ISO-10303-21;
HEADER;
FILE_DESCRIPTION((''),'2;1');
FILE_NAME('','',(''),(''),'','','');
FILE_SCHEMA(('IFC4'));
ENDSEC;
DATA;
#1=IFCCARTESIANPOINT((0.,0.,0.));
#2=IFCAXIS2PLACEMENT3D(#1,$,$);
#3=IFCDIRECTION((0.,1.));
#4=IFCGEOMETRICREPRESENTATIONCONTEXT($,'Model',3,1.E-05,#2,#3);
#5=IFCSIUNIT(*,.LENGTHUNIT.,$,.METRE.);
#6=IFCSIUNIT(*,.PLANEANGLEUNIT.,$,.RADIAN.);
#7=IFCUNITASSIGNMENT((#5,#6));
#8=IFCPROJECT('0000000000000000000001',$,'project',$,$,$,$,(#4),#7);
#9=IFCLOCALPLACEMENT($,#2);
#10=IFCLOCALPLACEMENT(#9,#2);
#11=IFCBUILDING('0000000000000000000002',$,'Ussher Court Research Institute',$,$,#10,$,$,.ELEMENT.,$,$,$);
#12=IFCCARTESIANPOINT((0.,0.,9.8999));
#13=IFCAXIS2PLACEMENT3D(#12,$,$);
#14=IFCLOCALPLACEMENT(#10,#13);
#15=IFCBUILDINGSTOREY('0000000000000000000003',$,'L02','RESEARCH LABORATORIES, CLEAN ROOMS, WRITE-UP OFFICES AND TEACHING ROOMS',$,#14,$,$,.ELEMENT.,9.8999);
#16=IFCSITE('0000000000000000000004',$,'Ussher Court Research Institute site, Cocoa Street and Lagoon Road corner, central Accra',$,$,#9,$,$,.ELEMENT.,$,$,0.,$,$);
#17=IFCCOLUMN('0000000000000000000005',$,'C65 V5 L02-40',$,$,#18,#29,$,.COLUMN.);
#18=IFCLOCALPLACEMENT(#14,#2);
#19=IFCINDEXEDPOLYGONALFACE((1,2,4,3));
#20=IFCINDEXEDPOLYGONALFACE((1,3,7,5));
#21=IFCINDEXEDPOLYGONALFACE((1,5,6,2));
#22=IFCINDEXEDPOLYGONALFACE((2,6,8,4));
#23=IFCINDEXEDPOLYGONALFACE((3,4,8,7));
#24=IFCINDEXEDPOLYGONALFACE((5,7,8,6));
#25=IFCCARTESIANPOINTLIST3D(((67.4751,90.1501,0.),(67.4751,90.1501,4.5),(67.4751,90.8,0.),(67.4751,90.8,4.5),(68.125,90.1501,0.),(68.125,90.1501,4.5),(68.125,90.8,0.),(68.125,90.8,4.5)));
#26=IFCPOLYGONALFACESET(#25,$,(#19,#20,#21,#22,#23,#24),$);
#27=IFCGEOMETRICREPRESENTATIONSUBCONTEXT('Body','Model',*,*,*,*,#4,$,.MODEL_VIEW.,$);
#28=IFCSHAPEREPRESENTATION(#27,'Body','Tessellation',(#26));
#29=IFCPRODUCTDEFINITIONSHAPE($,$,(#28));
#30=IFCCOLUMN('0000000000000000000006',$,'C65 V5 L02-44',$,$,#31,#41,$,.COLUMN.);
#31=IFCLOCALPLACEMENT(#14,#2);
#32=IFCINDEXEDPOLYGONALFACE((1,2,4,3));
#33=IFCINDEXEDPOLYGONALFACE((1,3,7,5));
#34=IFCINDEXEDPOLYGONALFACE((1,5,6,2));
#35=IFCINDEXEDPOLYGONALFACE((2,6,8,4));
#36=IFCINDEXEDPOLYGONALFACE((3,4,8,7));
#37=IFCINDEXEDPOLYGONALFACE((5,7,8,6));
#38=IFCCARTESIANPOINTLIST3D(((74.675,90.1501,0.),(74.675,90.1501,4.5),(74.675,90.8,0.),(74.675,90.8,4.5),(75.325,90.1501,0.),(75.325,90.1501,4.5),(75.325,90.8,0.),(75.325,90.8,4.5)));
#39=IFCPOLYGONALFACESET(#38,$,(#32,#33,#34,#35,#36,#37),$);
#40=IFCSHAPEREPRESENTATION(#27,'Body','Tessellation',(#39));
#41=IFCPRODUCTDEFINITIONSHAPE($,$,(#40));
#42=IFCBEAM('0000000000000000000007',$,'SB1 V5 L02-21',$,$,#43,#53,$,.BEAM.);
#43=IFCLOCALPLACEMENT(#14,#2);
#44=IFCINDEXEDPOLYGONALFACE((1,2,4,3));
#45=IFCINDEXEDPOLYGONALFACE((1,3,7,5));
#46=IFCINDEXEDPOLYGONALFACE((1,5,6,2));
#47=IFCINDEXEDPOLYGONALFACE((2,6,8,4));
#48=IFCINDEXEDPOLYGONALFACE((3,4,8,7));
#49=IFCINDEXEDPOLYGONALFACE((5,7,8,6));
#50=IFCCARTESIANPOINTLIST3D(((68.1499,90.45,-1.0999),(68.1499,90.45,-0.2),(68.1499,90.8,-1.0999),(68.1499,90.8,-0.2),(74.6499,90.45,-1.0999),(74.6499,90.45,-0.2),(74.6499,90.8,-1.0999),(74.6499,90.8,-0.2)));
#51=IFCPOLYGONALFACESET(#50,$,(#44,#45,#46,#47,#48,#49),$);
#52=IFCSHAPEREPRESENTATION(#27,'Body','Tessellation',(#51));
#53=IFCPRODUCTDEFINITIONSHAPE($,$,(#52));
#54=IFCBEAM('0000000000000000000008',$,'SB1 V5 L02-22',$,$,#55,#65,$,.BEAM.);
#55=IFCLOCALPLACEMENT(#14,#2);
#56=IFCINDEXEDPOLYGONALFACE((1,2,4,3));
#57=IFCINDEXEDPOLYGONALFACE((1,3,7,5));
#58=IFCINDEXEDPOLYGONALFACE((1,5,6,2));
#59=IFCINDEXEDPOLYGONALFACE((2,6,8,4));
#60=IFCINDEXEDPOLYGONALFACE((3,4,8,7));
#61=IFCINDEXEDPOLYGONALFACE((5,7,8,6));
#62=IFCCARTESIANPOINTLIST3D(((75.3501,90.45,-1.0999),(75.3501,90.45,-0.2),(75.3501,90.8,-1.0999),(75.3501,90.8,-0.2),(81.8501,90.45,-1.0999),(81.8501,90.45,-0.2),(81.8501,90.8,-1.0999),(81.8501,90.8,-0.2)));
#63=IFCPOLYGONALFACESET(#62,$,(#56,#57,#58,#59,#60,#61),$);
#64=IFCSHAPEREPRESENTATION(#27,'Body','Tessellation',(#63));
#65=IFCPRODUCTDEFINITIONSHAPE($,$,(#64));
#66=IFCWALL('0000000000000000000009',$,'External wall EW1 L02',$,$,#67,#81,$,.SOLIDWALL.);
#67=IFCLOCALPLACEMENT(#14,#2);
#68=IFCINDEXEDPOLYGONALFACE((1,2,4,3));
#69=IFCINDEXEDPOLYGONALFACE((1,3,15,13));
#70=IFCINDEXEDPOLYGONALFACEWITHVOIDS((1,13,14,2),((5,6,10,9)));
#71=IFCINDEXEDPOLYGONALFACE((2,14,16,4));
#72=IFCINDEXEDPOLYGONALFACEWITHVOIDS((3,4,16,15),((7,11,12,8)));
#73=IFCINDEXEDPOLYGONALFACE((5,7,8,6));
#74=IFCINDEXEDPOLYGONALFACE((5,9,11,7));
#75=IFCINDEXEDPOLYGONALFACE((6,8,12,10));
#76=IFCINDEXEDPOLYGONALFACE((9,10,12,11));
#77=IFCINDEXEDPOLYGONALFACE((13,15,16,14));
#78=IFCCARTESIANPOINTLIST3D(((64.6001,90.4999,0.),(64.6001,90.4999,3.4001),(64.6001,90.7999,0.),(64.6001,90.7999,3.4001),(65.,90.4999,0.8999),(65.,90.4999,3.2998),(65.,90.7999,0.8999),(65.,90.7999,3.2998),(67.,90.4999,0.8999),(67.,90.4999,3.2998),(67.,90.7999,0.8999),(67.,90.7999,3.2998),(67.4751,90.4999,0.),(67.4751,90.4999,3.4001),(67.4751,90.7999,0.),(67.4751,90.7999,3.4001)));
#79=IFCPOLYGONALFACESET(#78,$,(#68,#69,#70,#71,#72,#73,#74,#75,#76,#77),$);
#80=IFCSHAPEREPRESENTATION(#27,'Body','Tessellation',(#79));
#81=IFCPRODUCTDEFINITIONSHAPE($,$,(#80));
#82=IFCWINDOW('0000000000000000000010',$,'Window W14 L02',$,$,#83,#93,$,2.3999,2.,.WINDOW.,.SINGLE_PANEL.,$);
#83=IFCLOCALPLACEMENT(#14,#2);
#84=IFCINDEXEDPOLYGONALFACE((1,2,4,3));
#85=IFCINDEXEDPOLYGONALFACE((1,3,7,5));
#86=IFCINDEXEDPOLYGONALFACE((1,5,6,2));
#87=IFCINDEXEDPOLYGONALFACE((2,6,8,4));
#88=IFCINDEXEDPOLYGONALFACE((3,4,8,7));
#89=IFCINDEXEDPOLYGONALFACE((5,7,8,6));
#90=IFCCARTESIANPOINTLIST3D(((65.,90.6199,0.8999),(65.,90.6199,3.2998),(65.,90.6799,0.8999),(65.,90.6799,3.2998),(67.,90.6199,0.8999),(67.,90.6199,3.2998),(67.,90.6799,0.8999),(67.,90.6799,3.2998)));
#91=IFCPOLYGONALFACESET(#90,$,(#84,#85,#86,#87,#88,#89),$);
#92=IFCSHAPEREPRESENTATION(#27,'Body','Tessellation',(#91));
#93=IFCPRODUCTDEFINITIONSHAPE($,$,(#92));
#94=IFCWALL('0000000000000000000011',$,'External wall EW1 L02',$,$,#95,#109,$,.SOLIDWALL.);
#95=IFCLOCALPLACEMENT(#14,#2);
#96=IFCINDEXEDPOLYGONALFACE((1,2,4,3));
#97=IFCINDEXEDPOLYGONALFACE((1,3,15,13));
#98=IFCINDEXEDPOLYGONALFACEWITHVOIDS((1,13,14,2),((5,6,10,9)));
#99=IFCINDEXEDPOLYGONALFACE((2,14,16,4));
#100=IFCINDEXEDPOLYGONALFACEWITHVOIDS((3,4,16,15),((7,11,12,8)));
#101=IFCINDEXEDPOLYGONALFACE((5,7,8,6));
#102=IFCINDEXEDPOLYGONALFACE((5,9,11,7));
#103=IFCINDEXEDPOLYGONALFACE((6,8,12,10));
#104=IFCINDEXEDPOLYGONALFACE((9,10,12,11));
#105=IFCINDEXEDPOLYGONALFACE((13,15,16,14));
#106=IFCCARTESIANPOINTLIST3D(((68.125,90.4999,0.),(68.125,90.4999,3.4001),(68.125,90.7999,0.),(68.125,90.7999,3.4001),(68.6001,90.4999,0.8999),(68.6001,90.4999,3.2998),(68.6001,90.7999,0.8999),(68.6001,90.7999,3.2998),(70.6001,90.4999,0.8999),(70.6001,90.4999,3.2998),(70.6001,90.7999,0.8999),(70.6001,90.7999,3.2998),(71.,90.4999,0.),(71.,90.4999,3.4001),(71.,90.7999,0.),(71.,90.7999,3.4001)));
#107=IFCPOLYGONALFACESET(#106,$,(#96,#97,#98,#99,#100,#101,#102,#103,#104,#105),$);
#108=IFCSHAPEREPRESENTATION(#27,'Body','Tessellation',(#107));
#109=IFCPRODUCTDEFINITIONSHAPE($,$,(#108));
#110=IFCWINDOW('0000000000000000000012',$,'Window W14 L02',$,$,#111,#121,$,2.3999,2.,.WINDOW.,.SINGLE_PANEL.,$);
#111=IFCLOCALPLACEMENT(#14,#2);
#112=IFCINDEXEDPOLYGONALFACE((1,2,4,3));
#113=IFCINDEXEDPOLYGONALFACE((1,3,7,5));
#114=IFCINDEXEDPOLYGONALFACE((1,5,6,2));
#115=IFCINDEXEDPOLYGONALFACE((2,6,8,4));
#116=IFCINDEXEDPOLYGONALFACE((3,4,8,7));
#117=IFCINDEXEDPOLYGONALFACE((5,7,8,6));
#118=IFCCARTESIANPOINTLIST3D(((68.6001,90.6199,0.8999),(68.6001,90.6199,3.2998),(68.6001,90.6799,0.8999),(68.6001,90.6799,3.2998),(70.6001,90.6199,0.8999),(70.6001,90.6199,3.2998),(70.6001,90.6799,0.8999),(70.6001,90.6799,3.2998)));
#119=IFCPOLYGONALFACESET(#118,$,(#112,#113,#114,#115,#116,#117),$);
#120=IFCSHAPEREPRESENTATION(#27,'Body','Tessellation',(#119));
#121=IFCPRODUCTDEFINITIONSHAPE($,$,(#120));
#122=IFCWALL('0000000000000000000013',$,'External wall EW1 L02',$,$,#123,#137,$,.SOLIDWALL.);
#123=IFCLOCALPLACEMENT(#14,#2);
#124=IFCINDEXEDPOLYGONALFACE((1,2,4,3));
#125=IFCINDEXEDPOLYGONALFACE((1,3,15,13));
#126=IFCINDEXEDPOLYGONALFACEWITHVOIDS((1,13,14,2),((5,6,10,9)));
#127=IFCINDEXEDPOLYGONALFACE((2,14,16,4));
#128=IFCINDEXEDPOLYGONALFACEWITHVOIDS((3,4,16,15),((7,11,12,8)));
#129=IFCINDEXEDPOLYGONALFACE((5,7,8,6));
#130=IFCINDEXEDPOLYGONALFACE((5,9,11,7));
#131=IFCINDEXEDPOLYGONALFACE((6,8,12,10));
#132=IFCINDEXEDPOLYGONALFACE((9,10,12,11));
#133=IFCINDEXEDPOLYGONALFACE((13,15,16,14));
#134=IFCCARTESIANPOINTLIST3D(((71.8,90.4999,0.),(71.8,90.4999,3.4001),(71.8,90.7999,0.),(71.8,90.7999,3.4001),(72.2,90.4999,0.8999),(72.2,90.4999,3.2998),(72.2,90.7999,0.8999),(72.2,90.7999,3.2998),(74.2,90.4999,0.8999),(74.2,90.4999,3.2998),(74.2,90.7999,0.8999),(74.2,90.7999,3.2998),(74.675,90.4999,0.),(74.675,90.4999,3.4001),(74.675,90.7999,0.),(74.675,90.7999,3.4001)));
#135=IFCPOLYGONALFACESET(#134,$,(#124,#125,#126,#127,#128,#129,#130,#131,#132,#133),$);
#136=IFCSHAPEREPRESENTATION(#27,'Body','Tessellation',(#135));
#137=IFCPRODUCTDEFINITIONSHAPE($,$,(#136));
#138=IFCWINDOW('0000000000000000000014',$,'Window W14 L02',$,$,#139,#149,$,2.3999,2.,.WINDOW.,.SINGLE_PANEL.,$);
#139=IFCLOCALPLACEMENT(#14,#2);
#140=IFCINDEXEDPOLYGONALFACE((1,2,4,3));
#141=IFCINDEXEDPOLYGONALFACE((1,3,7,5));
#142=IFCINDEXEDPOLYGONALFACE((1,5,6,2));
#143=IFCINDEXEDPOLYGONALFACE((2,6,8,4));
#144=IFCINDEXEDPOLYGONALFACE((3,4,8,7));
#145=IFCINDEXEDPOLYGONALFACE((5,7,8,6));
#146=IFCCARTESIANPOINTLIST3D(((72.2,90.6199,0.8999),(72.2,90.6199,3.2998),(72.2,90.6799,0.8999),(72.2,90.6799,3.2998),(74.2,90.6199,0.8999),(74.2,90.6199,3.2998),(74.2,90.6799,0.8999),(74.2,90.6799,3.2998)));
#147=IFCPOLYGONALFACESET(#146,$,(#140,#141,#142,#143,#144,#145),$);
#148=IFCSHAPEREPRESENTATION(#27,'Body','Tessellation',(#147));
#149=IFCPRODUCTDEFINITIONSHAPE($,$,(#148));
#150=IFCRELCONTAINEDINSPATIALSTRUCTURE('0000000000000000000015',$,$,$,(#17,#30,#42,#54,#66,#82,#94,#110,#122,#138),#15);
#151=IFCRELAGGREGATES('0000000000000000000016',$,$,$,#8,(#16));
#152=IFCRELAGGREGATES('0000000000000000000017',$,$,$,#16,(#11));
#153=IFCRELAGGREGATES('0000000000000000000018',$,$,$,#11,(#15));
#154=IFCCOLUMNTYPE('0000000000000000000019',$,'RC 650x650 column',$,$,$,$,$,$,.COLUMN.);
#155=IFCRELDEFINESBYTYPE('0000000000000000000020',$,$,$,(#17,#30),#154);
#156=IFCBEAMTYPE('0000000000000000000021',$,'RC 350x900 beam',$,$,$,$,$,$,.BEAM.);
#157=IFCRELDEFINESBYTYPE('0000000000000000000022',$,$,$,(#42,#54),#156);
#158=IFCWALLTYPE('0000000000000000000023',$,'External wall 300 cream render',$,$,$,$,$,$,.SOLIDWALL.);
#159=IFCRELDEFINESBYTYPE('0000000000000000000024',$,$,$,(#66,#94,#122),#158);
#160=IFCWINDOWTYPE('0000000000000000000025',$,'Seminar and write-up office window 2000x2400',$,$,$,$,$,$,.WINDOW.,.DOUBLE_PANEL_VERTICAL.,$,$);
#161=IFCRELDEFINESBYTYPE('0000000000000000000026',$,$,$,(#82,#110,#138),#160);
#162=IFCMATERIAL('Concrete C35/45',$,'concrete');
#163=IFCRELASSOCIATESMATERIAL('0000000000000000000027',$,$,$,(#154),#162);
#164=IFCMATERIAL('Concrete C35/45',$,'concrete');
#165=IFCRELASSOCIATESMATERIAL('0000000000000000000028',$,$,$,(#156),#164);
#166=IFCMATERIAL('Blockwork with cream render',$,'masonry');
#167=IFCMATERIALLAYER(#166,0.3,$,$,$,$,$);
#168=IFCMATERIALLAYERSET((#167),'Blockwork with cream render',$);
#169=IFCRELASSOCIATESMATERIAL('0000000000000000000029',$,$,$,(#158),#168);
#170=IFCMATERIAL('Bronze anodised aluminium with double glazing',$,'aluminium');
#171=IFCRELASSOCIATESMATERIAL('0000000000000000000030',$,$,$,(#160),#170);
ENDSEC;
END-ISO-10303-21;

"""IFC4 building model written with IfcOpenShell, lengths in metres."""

from ifc_helpers import new_model, si_unit, direction, frame, frame_2d, origin, origin_2d, place, context, subcontext, project, spatial, rectangle, extrude, material, layer, layer_set, material_profile, profile_set, type_object, element, fill, save


model = new_model("IFC4")

# Units and contexts
model_context = context("Model", 3, precision=1e-05, world=origin(), true_north=direction((0.0, 1.0)))
body_context = subcontext(model_context, "Body", "Model", "MODEL_VIEW")
ifc_project = project(units=[si_unit("LENGTHUNIT", "METRE"), si_unit("PLANEANGLEUNIT", "RADIAN")], contexts=[model_context])

# Site, building, storey
site_placement = place(None, origin())
site = spatial("IfcSite", under=ifc_project, at=site_placement, Name="Ussher Court Research Institute site, Cocoa Street and Lagoon Road corner, central Accra", CompositionType="ELEMENT", RefElevation=0.0)
building_placement = place(site_placement, origin())
building = spatial("IfcBuilding", under=site, at=building_placement, Name="Ussher Court Research Institute", CompositionType="ELEMENT")
storey_placement = place(building_placement, frame((0.0, 0.0, 9.8999)))
storey = spatial("IfcBuildingStorey", under=building, at=storey_placement, Name="L02", Description="RESEARCH LABORATORIES, CLEAN ROOMS, WRITE-UP OFFICES AND TEACHING ROOMS", CompositionType="ELEMENT", Elevation=9.8999)

# Columns
ifc_material_1 = material(Name="Concrete C35/45", Category="concrete")
ifc_material_profile_1 = material_profile(ifc_material_1, rectangle(XDim=0.6499, YDim=0.6499, at=origin_2d()), Name="RC 650x650")
ifc_profile_set_1 = profile_set([ifc_material_profile_1], Name="Concrete C35/45")
column_type = type_object("IfcColumnType", Name="RC 650x650 column", PredefinedType="COLUMN", material=ifc_profile_set_1)
for number, where, z_axis, x_axis, name in (
    (1, (67.8, 90.4751, 0.0), (0.0, 0.0, 1.0), (1.0, 0.0, 0.0), "C65 V5 L02-40"),
    (2, (75.0, 90.4751, 0.0), (0.0, 0.0, 1.0), (1.0, 0.0, 0.0), "C65 V5 L02-44"),
):
    element("IfcColumn", number, at=place(storey_placement, frame(where, z_axis=z_axis, x_axis=x_axis)), inside=storey, type_object=column_type, Name=name, PredefinedType="COLUMN", context=body_context, shape_type="SweptSolid", body=[
        extrude(rectangle(XDim=0.6499, YDim=0.6499, at=origin_2d()), origin(), (0.0, 0.0, 1.0), 4.5),
    ])

# Beams
ifc_material_2 = material(Name="Concrete C35/45", Category="concrete")
ifc_material_profile_2 = material_profile(ifc_material_2, rectangle(XDim=0.3501, YDim=0.8999, at=origin_2d()), Name="RC 350x900")
ifc_profile_set_2 = profile_set([ifc_material_profile_2], Name="Concrete C35/45")
beam_type = type_object("IfcBeamType", Name="RC 350x900 beam", PredefinedType="BEAM", material=ifc_profile_set_2)
for number, where, z_axis, x_axis, name in (
    (3, (68.1499, 90.625, -0.6499), (1.0, 0.0, 0.0), (0.0, 1.0, 0.0), "SB1 V5 L02-21"),
    (4, (75.3501, 90.625, -0.6499), (1.0, 0.0, 0.0), (0.0, 1.0, 0.0), "SB1 V5 L02-22"),
):
    element("IfcBeam", number, at=place(storey_placement, frame(where, z_axis=z_axis, x_axis=x_axis)), inside=storey, type_object=beam_type, Name=name, PredefinedType="BEAM", context=body_context, shape_type="SweptSolid", body=[
        extrude(rectangle(XDim=0.3501, YDim=0.8999, at=origin_2d()), origin(), (0.0, 0.0, 1.0), 6.5),
    ])

# Walls, openings, windows
ifc_material_3 = material(Name="Blockwork with cream render", Category="masonry")
ifc_layer_1 = layer(ifc_material_3, 0.3)
ifc_layer_set_1 = layer_set([ifc_layer_1], Name="Blockwork with cream render")
wall_type_1 = type_object("IfcWallType", Name="External wall 300 cream render", PredefinedType="SOLIDWALL", material=ifc_layer_set_1)
wall_1_placement = place(storey_placement, frame((64.6001, 90.6499, 0.0), z_axis=(0.0, 0.0, 1.0), x_axis=(1.0, 0.0, 0.0)))
wall_1 = element("IfcWall", 5, at=wall_1_placement, inside=storey, type_object=wall_type_1, Name="External wall EW1 L02", PredefinedType="SOLIDWALL", context=body_context, shape_type="SweptSolid", body=[
    extrude(rectangle(XDim=2.875, YDim=0.3, at=frame_2d((1.4375, 0.0))), origin(), (0.0, 0.0, 1.0), 3.4001),
])
opening_1_placement = place(wall_1_placement, frame((0.3999, 0.0, 0.8999)))
opening_1 = element("IfcOpeningElement", 6, at=opening_1_placement, cuts=wall_1, PredefinedType="OPENING", context=body_context, shape_type="SweptSolid", body=[
    extrude(rectangle(XDim=2.0, YDim=2.3999, at=frame_2d((1.0, 1.2))), frame((0.0, 0.1602, 0.0), z_axis=(0.0, -1.0, 0.0), x_axis=(1.0, 0.0, 0.0)), (0.0, 0.0, 1.0), 0.3201),
])
ifc_material_4 = material(Name="Bronze anodised aluminium with double glazing", Category="aluminium")
window_type_1 = type_object("IfcWindowType", Name="Seminar and write-up office window 2000x2400", PartitioningType="DOUBLE_PANEL_VERTICAL", PredefinedType="WINDOW", material=ifc_material_4)
window_1_placement = place(opening_1_placement, origin())
window_1 = element("IfcWindow", 7, at=window_1_placement, inside=storey, type_object=window_type_1, Name="Window W14 L02", OverallHeight=2.3999, OverallWidth=2.0, PartitioningType="SINGLE_PANEL", PredefinedType="WINDOW", context=body_context, shape_type="SweptSolid", body=[
    extrude(rectangle(XDim=2.0, YDim=2.3999, at=frame_2d((1.0, 1.2))), frame((0.0, 0.03, 0.0), z_axis=(0.0, -1.0, 0.0), x_axis=(1.0, 0.0, 0.0)), (0.0, 0.0, 1.0), 0.0601),
])
fill(opening_1, window_1)
wall_2_placement = place(storey_placement, frame((68.125, 90.6499, 0.0), z_axis=(0.0, 0.0, 1.0), x_axis=(1.0, 0.0, 0.0)))
wall_2 = element("IfcWall", 8, at=wall_2_placement, inside=storey, type_object=wall_type_1, Name="External wall EW1 L02", PredefinedType="SOLIDWALL", context=body_context, shape_type="SweptSolid", body=[
    extrude(rectangle(XDim=2.875, YDim=0.3, at=frame_2d((1.4375, 0.0))), origin(), (0.0, 0.0, 1.0), 3.4001),
])
opening_2_placement = place(wall_2_placement, frame((0.4751, 0.0, 0.8999)))
opening_2 = element("IfcOpeningElement", 9, at=opening_2_placement, cuts=wall_2, PredefinedType="OPENING", context=body_context, shape_type="SweptSolid", body=[
    extrude(rectangle(XDim=2.0, YDim=2.3999, at=frame_2d((1.0, 1.2))), frame((0.0, 0.1602, 0.0), z_axis=(0.0, -1.0, 0.0), x_axis=(1.0, 0.0, 0.0)), (0.0, 0.0, 1.0), 0.3201),
])
window_2_placement = place(opening_2_placement, origin())
window_2 = element("IfcWindow", 10, at=window_2_placement, inside=storey, type_object=window_type_1, Name="Window W14 L02", OverallHeight=2.3999, OverallWidth=2.0, PartitioningType="SINGLE_PANEL", PredefinedType="WINDOW", context=body_context, shape_type="SweptSolid", body=[
    extrude(rectangle(XDim=2.0, YDim=2.3999, at=frame_2d((1.0, 1.2))), frame((0.0, 0.03, 0.0), z_axis=(0.0, -1.0, 0.0), x_axis=(1.0, 0.0, 0.0)), (0.0, 0.0, 1.0), 0.0601),
])
fill(opening_2, window_2)
wall_3_placement = place(storey_placement, frame((71.8, 90.6499, 0.0), z_axis=(0.0, 0.0, 1.0), x_axis=(1.0, 0.0, 0.0)))
wall_3 = element("IfcWall", 11, at=wall_3_placement, inside=storey, type_object=wall_type_1, Name="External wall EW1 L02", PredefinedType="SOLIDWALL", context=body_context, shape_type="SweptSolid", body=[
    extrude(rectangle(XDim=2.875, YDim=0.3, at=frame_2d((1.4375, 0.0))), origin(), (0.0, 0.0, 1.0), 3.4001),
])
opening_3_placement = place(wall_3_placement, frame((0.3999, 0.0, 0.8999)))
opening_3 = element("IfcOpeningElement", 12, at=opening_3_placement, cuts=wall_3, PredefinedType="OPENING", context=body_context, shape_type="SweptSolid", body=[
    extrude(rectangle(XDim=2.0, YDim=2.3999, at=frame_2d((1.0, 1.2))), frame((0.0, 0.1602, 0.0), z_axis=(0.0, -1.0, 0.0), x_axis=(1.0, 0.0, 0.0)), (0.0, 0.0, 1.0), 0.3201),
])
window_3_placement = place(opening_3_placement, origin())
window_3 = element("IfcWindow", 13, at=window_3_placement, inside=storey, type_object=window_type_1, Name="Window W14 L02", OverallHeight=2.3999, OverallWidth=2.0, PartitioningType="SINGLE_PANEL", PredefinedType="WINDOW", context=body_context, shape_type="SweptSolid", body=[
    extrude(rectangle(XDim=2.0, YDim=2.3999, at=frame_2d((1.0, 1.2))), frame((0.0, 0.03, 0.0), z_axis=(0.0, -1.0, 0.0), x_axis=(1.0, 0.0, 0.0)), (0.0, 0.0, 1.0), 0.0601),
])
fill(opening_3, window_3)

save(model, "model.ifc")
